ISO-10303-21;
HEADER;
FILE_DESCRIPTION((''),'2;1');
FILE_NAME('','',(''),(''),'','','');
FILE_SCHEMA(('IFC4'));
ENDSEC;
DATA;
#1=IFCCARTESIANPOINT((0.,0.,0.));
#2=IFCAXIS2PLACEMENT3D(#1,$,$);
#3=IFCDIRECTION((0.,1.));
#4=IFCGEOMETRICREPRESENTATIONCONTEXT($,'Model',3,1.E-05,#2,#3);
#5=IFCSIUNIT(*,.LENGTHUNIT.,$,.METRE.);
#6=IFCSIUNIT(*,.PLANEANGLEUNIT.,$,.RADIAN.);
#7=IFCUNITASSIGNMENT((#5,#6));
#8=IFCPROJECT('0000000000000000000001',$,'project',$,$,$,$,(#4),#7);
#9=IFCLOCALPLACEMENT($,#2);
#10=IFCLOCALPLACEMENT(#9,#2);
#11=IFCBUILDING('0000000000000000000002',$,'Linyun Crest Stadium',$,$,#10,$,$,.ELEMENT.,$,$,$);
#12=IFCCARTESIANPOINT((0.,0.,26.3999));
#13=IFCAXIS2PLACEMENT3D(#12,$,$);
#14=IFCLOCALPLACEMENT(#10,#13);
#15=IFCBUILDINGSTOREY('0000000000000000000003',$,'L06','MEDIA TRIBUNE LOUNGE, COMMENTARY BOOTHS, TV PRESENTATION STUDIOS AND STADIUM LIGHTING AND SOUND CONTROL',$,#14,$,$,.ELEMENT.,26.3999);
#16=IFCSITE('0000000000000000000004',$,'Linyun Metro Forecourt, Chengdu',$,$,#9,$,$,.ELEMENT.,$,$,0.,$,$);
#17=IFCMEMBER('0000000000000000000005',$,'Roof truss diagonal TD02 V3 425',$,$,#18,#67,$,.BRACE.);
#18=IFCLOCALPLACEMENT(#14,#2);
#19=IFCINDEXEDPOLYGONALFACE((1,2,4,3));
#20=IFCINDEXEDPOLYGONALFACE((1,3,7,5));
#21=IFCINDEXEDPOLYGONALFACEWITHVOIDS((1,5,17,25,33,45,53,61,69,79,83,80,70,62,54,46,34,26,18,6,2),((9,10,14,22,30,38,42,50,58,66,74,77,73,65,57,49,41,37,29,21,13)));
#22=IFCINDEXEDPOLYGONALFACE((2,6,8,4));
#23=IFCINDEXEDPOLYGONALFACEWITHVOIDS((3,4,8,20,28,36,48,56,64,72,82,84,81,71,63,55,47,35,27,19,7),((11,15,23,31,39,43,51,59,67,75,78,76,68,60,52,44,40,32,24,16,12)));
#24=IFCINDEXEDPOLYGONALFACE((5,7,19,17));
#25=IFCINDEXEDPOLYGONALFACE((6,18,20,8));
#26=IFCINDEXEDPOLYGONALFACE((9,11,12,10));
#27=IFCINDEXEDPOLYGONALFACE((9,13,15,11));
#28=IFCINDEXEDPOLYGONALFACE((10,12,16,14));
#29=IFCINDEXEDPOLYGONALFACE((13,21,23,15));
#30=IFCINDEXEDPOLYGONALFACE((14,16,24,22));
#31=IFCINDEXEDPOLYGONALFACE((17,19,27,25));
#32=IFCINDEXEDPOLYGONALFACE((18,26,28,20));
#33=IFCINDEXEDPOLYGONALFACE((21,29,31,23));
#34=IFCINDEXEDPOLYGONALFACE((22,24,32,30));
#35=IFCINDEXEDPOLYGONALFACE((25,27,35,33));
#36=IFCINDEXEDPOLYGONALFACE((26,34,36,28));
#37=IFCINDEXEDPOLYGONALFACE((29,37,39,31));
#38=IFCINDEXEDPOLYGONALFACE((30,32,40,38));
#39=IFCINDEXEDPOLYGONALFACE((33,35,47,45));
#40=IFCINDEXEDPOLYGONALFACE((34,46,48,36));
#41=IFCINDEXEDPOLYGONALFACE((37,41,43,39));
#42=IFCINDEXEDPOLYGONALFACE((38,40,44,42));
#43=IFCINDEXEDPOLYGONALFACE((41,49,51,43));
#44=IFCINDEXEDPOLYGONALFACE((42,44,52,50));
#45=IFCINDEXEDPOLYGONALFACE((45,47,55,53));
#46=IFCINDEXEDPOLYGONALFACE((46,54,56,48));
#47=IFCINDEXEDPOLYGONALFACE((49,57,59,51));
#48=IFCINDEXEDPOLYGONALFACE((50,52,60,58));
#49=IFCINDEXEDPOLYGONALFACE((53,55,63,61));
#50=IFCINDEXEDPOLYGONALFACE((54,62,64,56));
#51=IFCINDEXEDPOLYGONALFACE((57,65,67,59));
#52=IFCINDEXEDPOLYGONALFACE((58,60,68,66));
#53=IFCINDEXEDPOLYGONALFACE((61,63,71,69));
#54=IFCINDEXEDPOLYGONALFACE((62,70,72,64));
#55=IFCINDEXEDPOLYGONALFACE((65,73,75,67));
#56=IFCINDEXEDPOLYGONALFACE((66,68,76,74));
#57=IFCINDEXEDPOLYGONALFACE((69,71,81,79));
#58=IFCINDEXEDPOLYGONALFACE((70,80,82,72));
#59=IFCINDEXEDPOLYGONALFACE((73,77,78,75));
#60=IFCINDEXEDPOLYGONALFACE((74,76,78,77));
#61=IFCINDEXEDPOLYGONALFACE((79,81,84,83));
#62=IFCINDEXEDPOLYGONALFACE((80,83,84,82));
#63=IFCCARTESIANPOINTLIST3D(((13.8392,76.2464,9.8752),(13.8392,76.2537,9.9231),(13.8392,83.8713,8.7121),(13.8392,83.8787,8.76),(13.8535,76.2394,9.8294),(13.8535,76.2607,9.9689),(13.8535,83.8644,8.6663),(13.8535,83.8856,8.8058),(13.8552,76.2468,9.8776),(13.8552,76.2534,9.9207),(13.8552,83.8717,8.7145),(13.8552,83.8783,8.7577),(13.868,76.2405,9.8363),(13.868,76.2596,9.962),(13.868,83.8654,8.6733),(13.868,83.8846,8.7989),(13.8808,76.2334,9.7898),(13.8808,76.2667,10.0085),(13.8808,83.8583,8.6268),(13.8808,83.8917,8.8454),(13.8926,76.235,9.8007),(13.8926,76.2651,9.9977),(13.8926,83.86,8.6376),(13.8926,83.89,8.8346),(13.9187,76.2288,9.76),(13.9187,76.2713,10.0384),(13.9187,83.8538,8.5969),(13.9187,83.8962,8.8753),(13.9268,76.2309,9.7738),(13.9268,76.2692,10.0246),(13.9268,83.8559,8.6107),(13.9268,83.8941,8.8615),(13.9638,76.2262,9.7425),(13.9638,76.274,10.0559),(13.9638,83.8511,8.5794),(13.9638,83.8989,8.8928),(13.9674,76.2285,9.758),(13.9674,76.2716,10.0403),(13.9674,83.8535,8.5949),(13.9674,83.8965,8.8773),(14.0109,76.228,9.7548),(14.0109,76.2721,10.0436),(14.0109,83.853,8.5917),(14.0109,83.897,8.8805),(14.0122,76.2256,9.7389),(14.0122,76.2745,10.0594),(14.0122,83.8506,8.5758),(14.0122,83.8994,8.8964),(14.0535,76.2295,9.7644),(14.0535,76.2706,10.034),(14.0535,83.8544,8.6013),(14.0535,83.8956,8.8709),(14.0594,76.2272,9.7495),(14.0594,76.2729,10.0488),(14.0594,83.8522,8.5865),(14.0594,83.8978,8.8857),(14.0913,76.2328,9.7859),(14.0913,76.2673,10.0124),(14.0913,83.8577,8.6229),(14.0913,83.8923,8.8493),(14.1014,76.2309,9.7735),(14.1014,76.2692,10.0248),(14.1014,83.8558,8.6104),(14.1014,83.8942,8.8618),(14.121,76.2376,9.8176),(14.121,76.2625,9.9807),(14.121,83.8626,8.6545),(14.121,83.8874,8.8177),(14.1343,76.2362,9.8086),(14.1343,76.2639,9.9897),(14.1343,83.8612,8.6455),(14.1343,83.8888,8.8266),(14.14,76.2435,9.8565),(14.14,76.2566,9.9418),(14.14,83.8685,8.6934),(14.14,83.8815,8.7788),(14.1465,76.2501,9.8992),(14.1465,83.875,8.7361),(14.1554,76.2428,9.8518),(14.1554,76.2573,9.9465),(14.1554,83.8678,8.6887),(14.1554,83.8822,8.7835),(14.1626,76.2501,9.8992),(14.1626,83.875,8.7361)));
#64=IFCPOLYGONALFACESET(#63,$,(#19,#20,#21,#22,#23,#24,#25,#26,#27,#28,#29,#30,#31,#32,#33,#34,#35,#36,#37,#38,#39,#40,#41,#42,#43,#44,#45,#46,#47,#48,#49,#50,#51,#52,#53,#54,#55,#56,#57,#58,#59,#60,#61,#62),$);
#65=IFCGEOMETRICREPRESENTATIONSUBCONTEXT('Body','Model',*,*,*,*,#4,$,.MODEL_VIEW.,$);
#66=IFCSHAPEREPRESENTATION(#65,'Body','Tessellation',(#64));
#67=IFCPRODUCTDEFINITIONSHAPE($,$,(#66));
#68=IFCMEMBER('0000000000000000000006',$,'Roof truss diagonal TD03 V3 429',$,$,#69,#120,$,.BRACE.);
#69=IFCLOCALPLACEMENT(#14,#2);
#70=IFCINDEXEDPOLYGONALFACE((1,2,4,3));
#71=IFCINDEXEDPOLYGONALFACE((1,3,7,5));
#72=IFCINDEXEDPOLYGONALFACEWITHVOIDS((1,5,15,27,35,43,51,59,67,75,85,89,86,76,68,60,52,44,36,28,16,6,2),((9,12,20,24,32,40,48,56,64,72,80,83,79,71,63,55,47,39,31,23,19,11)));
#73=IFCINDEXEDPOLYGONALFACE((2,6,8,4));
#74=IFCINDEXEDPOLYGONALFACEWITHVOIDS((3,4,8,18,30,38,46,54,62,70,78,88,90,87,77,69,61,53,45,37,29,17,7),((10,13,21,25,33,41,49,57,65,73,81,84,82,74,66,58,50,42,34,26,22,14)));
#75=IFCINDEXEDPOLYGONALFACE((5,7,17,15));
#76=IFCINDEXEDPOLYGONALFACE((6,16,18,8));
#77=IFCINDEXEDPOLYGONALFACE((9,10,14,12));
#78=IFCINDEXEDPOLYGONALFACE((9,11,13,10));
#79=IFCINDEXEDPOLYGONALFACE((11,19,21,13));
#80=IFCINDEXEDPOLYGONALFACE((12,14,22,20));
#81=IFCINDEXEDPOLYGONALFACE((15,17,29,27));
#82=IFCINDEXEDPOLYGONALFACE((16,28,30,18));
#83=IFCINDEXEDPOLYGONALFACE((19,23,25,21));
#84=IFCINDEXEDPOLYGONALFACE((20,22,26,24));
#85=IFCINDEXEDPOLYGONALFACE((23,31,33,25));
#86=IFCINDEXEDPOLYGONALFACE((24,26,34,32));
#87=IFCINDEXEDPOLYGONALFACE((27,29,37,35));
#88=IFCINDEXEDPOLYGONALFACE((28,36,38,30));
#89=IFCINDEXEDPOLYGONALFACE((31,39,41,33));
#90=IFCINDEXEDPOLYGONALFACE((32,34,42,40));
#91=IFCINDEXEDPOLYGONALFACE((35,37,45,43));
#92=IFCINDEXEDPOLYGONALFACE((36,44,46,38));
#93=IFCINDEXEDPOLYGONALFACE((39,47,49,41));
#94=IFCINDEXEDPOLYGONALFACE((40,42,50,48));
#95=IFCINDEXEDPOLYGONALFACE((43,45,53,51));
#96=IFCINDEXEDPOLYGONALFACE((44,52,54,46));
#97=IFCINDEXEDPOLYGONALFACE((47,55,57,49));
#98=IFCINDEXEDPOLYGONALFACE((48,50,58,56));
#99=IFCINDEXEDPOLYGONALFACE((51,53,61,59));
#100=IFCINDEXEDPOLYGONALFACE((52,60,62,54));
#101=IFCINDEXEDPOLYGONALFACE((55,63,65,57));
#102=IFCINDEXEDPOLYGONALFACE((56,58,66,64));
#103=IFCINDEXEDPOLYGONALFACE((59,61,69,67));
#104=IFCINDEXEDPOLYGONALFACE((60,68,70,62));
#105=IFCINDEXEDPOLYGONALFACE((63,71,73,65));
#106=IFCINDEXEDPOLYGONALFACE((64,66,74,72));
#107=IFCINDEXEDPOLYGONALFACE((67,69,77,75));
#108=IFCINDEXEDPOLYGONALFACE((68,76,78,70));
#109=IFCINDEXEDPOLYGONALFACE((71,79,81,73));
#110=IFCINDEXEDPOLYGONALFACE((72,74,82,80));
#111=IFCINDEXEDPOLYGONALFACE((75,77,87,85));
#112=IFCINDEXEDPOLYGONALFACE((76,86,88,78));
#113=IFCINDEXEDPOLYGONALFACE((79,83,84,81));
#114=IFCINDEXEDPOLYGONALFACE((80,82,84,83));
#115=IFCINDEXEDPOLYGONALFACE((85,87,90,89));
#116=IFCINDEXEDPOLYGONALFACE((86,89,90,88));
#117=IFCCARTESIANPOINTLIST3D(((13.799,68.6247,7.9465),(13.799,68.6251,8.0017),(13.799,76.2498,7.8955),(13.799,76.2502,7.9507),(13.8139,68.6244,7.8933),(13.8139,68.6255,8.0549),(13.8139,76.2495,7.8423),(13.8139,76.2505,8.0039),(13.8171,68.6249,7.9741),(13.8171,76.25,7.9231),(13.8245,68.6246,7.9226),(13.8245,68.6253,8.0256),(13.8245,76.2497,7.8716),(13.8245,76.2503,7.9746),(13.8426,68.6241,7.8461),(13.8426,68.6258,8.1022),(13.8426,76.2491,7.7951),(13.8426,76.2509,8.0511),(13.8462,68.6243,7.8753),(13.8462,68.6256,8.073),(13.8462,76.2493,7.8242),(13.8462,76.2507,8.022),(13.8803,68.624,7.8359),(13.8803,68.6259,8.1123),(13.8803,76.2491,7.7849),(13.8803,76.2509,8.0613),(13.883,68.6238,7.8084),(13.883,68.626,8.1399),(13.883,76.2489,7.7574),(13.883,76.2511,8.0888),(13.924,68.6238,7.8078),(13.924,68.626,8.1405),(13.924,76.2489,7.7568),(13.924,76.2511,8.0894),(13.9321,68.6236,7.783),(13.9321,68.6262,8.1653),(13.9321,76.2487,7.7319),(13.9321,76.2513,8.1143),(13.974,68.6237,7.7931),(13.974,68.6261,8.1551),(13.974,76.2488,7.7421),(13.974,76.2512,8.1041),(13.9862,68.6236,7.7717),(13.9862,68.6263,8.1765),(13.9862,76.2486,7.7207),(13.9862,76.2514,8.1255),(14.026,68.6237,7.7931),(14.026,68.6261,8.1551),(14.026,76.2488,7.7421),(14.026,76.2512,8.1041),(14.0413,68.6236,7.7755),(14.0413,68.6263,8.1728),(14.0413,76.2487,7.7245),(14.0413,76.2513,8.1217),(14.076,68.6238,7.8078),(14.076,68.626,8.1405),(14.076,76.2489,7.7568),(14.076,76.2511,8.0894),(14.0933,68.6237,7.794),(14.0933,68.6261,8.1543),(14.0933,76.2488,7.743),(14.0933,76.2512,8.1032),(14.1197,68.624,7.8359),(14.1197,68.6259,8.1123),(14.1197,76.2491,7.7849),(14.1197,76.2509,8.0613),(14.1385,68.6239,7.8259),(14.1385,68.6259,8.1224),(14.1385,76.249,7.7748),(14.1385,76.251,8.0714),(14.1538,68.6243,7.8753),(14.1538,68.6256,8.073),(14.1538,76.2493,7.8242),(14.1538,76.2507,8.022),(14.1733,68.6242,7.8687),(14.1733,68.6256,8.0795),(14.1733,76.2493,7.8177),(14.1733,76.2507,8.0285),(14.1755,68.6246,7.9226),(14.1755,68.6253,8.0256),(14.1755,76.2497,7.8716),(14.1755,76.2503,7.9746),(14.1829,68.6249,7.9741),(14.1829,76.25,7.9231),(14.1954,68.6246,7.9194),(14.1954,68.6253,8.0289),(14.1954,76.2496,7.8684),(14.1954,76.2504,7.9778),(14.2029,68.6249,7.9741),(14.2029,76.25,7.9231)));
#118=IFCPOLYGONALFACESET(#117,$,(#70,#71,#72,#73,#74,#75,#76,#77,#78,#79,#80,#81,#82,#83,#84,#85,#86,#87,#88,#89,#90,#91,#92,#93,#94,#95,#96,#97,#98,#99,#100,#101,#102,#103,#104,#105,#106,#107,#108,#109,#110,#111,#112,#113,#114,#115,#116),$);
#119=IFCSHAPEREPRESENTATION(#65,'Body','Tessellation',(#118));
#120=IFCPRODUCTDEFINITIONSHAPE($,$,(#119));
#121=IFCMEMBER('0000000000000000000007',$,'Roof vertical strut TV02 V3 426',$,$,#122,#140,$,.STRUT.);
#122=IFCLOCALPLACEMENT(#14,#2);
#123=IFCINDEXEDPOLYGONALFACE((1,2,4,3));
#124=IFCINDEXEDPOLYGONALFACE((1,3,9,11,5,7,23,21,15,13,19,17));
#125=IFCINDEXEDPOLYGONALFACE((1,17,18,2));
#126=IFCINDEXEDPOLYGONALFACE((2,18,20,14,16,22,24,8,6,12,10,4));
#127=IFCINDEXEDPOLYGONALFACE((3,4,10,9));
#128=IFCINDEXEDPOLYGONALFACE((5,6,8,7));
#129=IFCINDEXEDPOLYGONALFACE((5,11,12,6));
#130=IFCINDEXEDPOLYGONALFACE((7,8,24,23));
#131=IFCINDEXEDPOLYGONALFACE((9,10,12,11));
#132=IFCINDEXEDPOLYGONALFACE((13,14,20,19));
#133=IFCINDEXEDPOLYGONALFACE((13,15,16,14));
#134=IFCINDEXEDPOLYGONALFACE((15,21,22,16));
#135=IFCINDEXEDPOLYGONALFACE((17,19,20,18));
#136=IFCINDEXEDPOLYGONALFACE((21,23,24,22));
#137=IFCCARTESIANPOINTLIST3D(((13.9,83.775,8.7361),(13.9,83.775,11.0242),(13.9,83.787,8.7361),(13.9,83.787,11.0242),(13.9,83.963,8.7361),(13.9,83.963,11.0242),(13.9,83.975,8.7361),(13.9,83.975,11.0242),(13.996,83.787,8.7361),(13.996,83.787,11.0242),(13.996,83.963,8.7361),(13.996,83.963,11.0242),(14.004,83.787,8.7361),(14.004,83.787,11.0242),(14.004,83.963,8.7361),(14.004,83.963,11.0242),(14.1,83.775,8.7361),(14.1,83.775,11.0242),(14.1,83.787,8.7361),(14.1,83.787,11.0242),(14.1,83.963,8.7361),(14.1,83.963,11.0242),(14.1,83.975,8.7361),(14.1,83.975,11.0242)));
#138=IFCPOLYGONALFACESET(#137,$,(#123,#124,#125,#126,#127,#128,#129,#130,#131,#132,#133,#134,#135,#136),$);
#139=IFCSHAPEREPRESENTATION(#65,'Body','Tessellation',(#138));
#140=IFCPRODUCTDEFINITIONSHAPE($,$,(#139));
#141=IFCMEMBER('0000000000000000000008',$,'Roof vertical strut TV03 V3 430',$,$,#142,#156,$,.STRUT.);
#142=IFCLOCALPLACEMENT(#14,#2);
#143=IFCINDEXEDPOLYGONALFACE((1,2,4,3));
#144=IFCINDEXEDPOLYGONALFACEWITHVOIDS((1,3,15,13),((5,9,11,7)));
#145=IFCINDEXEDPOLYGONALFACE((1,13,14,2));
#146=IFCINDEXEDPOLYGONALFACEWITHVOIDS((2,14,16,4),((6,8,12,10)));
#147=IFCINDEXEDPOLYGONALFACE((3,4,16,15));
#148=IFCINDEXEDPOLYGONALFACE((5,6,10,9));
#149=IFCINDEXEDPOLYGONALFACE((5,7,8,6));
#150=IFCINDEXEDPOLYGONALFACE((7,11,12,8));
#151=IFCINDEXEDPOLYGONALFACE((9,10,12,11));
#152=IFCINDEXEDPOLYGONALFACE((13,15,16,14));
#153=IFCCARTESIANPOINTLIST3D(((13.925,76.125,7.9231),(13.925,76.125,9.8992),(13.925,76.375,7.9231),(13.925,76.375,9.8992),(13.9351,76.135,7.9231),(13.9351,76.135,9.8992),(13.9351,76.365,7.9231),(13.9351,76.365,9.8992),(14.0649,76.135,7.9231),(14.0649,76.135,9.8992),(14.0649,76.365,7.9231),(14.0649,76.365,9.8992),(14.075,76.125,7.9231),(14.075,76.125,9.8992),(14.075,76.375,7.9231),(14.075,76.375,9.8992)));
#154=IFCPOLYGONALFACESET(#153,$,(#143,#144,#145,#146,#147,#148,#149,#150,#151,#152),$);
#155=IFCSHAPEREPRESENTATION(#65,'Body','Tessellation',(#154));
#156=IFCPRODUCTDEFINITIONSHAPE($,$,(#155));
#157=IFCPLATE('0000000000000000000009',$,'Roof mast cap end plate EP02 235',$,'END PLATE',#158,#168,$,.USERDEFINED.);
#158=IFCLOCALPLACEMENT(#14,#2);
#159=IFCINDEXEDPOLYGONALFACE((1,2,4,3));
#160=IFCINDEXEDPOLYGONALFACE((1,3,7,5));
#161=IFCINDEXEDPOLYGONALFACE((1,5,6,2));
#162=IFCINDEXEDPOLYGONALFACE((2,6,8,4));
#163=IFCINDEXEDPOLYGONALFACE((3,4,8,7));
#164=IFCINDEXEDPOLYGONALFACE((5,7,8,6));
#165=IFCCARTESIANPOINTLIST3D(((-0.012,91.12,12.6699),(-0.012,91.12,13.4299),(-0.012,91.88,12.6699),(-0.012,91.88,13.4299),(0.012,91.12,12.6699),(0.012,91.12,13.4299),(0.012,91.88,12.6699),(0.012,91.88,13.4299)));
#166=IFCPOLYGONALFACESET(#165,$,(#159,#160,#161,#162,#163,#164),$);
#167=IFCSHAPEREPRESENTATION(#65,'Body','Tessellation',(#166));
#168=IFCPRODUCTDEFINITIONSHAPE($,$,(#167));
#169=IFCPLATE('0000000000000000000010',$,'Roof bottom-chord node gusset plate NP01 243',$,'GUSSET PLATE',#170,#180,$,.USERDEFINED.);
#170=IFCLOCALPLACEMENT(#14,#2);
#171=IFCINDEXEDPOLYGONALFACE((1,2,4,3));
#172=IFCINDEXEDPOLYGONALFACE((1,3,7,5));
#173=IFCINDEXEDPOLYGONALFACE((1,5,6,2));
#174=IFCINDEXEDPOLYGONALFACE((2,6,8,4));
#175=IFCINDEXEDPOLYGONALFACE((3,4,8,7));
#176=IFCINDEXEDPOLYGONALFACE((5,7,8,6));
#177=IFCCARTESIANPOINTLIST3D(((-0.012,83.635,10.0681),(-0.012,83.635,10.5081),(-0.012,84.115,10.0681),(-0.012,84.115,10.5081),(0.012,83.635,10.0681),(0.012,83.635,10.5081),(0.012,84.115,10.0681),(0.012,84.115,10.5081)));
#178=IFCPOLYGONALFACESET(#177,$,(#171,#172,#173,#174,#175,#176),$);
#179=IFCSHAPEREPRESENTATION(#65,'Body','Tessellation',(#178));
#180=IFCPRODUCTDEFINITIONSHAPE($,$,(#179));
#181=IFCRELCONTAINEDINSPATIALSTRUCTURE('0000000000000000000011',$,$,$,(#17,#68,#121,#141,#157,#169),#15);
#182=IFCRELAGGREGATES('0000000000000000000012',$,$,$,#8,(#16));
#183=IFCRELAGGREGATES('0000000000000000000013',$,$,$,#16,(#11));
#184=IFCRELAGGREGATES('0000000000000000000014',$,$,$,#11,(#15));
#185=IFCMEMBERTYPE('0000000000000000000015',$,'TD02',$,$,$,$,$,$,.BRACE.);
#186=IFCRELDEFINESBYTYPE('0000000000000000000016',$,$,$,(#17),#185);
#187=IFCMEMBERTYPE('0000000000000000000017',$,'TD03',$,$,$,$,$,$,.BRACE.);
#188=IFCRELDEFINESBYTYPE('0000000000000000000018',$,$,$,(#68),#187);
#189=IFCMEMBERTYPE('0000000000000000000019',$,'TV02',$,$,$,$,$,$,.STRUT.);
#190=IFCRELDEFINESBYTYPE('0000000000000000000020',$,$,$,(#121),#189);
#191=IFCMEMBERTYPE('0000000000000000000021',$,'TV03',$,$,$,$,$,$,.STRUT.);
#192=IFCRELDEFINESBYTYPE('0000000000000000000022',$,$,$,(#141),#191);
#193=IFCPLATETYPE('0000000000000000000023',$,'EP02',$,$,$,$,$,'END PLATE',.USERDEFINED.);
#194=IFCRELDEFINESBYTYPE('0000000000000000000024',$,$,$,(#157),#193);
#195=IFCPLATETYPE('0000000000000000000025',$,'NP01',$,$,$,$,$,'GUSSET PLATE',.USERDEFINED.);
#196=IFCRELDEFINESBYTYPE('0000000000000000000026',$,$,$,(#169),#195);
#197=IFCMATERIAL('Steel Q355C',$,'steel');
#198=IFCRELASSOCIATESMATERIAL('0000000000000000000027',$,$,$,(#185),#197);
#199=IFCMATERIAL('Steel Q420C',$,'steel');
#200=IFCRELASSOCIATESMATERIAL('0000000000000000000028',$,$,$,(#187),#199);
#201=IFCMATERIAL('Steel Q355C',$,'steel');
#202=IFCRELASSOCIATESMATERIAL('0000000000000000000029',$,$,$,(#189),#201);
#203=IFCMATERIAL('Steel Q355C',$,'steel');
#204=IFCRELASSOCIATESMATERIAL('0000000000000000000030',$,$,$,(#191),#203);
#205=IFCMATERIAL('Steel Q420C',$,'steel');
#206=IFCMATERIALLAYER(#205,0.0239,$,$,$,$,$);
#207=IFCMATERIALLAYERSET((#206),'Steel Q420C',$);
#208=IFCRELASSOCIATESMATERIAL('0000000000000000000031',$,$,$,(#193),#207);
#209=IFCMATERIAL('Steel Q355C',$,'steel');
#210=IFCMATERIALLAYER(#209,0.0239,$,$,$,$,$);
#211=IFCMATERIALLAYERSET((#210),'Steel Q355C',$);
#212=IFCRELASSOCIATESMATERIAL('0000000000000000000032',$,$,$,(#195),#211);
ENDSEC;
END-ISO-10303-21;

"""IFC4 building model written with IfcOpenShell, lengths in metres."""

from ifc_helpers import new_model, si_unit, direction, frame, origin, origin_2d, place, context, subcontext, project, spatial, rectangle, hollow_rectangle, hollow_circle, i_section, extrude, material, layer, layer_set, material_profile, profile_set, type_object, element, save


model = new_model("IFC4")

# Units and contexts
model_context = context("Model", 3, precision=1e-05, world=origin(), true_north=direction((0.0, 1.0)))
body_context = subcontext(model_context, "Body", "Model", "MODEL_VIEW")
ifc_project = project(units=[si_unit("LENGTHUNIT", "METRE"), si_unit("PLANEANGLEUNIT", "RADIAN")], contexts=[model_context])

# Site, building, storey
site_placement = place(None, origin())
site = spatial("IfcSite", under=ifc_project, at=site_placement, Name="Linyun Metro Forecourt, Chengdu", CompositionType="ELEMENT", RefElevation=0.0)
building_placement = place(site_placement, origin())
building = spatial("IfcBuilding", under=site, at=building_placement, Name="Linyun Crest Stadium", CompositionType="ELEMENT")
storey_placement = place(building_placement, frame((0.0, 0.0, 26.3999)))
storey = spatial("IfcBuildingStorey", under=building, at=storey_placement, Name="L06", Description="MEDIA TRIBUNE LOUNGE, COMMENTARY BOOTHS, TV PRESENTATION STUDIOS AND STADIUM LIGHTING AND SOUND CONTROL", CompositionType="ELEMENT", Elevation=26.3999)

# Members
ifc_material_1 = material(Name="Steel Q355C", Category="steel")
ifc_material_profile_1 = material_profile(ifc_material_1, hollow_circle(Radius=0.1626, WallThickness=0.0161, at=origin_2d()), Name="CHS 325x16")
ifc_profile_set_1 = profile_set([ifc_material_profile_1], Name="Steel Q355C")
member_type_1 = type_object("IfcMemberType", Name="TD02", PredefinedType="BRACE", material=ifc_profile_set_1)
member_1_placement = place(storey_placement, frame((14.0, 83.875, 8.7361), z_axis=(0.0, -0.988566, 0.150792), x_axis=(1.0, 0.0, 0.0)))
element("IfcMember", 1, at=member_1_placement, inside=storey, type_object=member_type_1, Name="Roof truss diagonal TD02 V3 425", PredefinedType="BRACE", context=body_context, shape_type="SweptSolid", body=[
    extrude(hollow_circle(Radius=0.1626, WallThickness=0.0161, at=origin_2d()), origin(), (0.0, 0.0, 1.0), 7.7131),
])
ifc_material_2 = material(Name="Steel Q420C", Category="steel")
ifc_material_profile_2 = material_profile(ifc_material_2, hollow_circle(Radius=0.2029, WallThickness=0.02, at=origin_2d()), Name="CHS 406x20")
ifc_profile_set_2 = profile_set([ifc_material_profile_2], Name="Steel Q420C")
member_type_2 = type_object("IfcMemberType", Name="TD03", PredefinedType="BRACE", material=ifc_profile_set_2)
member_2_placement = place(storey_placement, frame((14.0, 76.25, 7.9231), z_axis=(0.0, -0.999978, 0.006692), x_axis=(1.0, 0.0, 0.0)))
element("IfcMember", 2, at=member_2_placement, inside=storey, type_object=member_type_2, Name="Roof truss diagonal TD03 V3 429", PredefinedType="BRACE", context=body_context, shape_type="SweptSolid", body=[
    extrude(hollow_circle(Radius=0.2029, WallThickness=0.02, at=origin_2d()), origin(), (0.0, 0.0, 1.0), 7.6252),
])
ifc_material_3 = material(Name="Steel Q355C", Category="steel")
ifc_material_profile_3 = material_profile(ifc_material_3, i_section(OverallWidth=0.2, OverallDepth=0.2, WebThickness=0.0081, FlangeThickness=0.012, at=origin_2d()), Name="HW 200x200")
ifc_profile_set_3 = profile_set([ifc_material_profile_3], Name="Steel Q355C")
member_type_3 = type_object("IfcMemberType", Name="TV02", PredefinedType="STRUT", material=ifc_profile_set_3)
member_3_placement = place(storey_placement, frame((14.0, 83.875, 8.7361), z_axis=(0.0, 0.0, 1.0), x_axis=(1.0, 0.0, 0.0)))
element("IfcMember", 3, at=member_3_placement, inside=storey, type_object=member_type_3, Name="Roof vertical strut TV02 V3 426", PredefinedType="STRUT", context=body_context, shape_type="SweptSolid", body=[
    extrude(i_section(OverallWidth=0.2, OverallDepth=0.2, WebThickness=0.0081, FlangeThickness=0.012, at=origin_2d()), origin(), (0.0, 0.0, 1.0), 2.2881),
])
ifc_material_4 = material(Name="Steel Q355C", Category="steel")
ifc_material_profile_4 = material_profile(ifc_material_4, hollow_rectangle(XDim=0.1499, YDim=0.25, WallThickness=0.01, at=origin_2d()), Name="RHS 250x150x10")
ifc_profile_set_4 = profile_set([ifc_material_profile_4], Name="Steel Q355C")
member_type_4 = type_object("IfcMemberType", Name="TV03", PredefinedType="STRUT", material=ifc_profile_set_4)
member_4_placement = place(storey_placement, frame((14.0, 76.25, 7.9231), z_axis=(0.0, 0.0, 1.0), x_axis=(1.0, 0.0, 0.0)))
element("IfcMember", 4, at=member_4_placement, inside=storey, type_object=member_type_4, Name="Roof vertical strut TV03 V3 430", PredefinedType="STRUT", context=body_context, shape_type="SweptSolid", body=[
    extrude(hollow_rectangle(XDim=0.1499, YDim=0.25, WallThickness=0.01, at=origin_2d()), origin(), (0.0, 0.0, 1.0), 1.9761),
])

# Plates
ifc_material_5 = material(Name="Steel Q420C", Category="steel")
ifc_layer_1 = layer(ifc_material_5, 0.0239)
ifc_layer_set_1 = layer_set([ifc_layer_1], Name="Steel Q420C")
plate_type_1 = type_object("IfcPlateType", Name="EP02", ElementType="END PLATE", PredefinedType="USERDEFINED", material=ifc_layer_set_1)
plate_1_placement = place(storey_placement, frame((0.0, 91.5, 12.6699), z_axis=(0.0, 0.0, 1.0), x_axis=(0.0, 1.0, 0.0)))
element("IfcPlate", 5, at=plate_1_placement, inside=storey, type_object=plate_type_1, Name="Roof mast cap end plate EP02 235", ObjectType="END PLATE", PredefinedType="USERDEFINED", context=body_context, shape_type="SweptSolid", body=[
    extrude(rectangle(XDim=0.76, YDim=0.0239, at=origin_2d()), origin(), (0.0, 0.0, 1.0), 0.76),
])
ifc_material_6 = material(Name="Steel Q355C", Category="steel")
ifc_layer_2 = layer(ifc_material_6, 0.0239)
ifc_layer_set_2 = layer_set([ifc_layer_2], Name="Steel Q355C")
plate_type_2 = type_object("IfcPlateType", Name="NP01", ElementType="GUSSET PLATE", PredefinedType="USERDEFINED", material=ifc_layer_set_2)
for number, where, z_axis, x_axis, name in (
    (6, (0.0, 83.875, 10.0681), (0.0, 0.0, 1.0), (0.0, 1.0, 0.0), "Roof bottom-chord node gusset plate NP01 243"),
):
    element("IfcPlate", number, at=place(storey_placement, frame(where, z_axis=z_axis, x_axis=x_axis)), inside=storey, type_object=plate_type_2, Name=name, ObjectType="GUSSET PLATE", PredefinedType="USERDEFINED", context=body_context, shape_type="SweptSolid", body=[
        extrude(rectangle(XDim=0.48, YDim=0.0239, at=origin_2d()), origin(), (0.0, 0.0, 1.0), 0.4399),
    ])

save(model, "model.ifc")
